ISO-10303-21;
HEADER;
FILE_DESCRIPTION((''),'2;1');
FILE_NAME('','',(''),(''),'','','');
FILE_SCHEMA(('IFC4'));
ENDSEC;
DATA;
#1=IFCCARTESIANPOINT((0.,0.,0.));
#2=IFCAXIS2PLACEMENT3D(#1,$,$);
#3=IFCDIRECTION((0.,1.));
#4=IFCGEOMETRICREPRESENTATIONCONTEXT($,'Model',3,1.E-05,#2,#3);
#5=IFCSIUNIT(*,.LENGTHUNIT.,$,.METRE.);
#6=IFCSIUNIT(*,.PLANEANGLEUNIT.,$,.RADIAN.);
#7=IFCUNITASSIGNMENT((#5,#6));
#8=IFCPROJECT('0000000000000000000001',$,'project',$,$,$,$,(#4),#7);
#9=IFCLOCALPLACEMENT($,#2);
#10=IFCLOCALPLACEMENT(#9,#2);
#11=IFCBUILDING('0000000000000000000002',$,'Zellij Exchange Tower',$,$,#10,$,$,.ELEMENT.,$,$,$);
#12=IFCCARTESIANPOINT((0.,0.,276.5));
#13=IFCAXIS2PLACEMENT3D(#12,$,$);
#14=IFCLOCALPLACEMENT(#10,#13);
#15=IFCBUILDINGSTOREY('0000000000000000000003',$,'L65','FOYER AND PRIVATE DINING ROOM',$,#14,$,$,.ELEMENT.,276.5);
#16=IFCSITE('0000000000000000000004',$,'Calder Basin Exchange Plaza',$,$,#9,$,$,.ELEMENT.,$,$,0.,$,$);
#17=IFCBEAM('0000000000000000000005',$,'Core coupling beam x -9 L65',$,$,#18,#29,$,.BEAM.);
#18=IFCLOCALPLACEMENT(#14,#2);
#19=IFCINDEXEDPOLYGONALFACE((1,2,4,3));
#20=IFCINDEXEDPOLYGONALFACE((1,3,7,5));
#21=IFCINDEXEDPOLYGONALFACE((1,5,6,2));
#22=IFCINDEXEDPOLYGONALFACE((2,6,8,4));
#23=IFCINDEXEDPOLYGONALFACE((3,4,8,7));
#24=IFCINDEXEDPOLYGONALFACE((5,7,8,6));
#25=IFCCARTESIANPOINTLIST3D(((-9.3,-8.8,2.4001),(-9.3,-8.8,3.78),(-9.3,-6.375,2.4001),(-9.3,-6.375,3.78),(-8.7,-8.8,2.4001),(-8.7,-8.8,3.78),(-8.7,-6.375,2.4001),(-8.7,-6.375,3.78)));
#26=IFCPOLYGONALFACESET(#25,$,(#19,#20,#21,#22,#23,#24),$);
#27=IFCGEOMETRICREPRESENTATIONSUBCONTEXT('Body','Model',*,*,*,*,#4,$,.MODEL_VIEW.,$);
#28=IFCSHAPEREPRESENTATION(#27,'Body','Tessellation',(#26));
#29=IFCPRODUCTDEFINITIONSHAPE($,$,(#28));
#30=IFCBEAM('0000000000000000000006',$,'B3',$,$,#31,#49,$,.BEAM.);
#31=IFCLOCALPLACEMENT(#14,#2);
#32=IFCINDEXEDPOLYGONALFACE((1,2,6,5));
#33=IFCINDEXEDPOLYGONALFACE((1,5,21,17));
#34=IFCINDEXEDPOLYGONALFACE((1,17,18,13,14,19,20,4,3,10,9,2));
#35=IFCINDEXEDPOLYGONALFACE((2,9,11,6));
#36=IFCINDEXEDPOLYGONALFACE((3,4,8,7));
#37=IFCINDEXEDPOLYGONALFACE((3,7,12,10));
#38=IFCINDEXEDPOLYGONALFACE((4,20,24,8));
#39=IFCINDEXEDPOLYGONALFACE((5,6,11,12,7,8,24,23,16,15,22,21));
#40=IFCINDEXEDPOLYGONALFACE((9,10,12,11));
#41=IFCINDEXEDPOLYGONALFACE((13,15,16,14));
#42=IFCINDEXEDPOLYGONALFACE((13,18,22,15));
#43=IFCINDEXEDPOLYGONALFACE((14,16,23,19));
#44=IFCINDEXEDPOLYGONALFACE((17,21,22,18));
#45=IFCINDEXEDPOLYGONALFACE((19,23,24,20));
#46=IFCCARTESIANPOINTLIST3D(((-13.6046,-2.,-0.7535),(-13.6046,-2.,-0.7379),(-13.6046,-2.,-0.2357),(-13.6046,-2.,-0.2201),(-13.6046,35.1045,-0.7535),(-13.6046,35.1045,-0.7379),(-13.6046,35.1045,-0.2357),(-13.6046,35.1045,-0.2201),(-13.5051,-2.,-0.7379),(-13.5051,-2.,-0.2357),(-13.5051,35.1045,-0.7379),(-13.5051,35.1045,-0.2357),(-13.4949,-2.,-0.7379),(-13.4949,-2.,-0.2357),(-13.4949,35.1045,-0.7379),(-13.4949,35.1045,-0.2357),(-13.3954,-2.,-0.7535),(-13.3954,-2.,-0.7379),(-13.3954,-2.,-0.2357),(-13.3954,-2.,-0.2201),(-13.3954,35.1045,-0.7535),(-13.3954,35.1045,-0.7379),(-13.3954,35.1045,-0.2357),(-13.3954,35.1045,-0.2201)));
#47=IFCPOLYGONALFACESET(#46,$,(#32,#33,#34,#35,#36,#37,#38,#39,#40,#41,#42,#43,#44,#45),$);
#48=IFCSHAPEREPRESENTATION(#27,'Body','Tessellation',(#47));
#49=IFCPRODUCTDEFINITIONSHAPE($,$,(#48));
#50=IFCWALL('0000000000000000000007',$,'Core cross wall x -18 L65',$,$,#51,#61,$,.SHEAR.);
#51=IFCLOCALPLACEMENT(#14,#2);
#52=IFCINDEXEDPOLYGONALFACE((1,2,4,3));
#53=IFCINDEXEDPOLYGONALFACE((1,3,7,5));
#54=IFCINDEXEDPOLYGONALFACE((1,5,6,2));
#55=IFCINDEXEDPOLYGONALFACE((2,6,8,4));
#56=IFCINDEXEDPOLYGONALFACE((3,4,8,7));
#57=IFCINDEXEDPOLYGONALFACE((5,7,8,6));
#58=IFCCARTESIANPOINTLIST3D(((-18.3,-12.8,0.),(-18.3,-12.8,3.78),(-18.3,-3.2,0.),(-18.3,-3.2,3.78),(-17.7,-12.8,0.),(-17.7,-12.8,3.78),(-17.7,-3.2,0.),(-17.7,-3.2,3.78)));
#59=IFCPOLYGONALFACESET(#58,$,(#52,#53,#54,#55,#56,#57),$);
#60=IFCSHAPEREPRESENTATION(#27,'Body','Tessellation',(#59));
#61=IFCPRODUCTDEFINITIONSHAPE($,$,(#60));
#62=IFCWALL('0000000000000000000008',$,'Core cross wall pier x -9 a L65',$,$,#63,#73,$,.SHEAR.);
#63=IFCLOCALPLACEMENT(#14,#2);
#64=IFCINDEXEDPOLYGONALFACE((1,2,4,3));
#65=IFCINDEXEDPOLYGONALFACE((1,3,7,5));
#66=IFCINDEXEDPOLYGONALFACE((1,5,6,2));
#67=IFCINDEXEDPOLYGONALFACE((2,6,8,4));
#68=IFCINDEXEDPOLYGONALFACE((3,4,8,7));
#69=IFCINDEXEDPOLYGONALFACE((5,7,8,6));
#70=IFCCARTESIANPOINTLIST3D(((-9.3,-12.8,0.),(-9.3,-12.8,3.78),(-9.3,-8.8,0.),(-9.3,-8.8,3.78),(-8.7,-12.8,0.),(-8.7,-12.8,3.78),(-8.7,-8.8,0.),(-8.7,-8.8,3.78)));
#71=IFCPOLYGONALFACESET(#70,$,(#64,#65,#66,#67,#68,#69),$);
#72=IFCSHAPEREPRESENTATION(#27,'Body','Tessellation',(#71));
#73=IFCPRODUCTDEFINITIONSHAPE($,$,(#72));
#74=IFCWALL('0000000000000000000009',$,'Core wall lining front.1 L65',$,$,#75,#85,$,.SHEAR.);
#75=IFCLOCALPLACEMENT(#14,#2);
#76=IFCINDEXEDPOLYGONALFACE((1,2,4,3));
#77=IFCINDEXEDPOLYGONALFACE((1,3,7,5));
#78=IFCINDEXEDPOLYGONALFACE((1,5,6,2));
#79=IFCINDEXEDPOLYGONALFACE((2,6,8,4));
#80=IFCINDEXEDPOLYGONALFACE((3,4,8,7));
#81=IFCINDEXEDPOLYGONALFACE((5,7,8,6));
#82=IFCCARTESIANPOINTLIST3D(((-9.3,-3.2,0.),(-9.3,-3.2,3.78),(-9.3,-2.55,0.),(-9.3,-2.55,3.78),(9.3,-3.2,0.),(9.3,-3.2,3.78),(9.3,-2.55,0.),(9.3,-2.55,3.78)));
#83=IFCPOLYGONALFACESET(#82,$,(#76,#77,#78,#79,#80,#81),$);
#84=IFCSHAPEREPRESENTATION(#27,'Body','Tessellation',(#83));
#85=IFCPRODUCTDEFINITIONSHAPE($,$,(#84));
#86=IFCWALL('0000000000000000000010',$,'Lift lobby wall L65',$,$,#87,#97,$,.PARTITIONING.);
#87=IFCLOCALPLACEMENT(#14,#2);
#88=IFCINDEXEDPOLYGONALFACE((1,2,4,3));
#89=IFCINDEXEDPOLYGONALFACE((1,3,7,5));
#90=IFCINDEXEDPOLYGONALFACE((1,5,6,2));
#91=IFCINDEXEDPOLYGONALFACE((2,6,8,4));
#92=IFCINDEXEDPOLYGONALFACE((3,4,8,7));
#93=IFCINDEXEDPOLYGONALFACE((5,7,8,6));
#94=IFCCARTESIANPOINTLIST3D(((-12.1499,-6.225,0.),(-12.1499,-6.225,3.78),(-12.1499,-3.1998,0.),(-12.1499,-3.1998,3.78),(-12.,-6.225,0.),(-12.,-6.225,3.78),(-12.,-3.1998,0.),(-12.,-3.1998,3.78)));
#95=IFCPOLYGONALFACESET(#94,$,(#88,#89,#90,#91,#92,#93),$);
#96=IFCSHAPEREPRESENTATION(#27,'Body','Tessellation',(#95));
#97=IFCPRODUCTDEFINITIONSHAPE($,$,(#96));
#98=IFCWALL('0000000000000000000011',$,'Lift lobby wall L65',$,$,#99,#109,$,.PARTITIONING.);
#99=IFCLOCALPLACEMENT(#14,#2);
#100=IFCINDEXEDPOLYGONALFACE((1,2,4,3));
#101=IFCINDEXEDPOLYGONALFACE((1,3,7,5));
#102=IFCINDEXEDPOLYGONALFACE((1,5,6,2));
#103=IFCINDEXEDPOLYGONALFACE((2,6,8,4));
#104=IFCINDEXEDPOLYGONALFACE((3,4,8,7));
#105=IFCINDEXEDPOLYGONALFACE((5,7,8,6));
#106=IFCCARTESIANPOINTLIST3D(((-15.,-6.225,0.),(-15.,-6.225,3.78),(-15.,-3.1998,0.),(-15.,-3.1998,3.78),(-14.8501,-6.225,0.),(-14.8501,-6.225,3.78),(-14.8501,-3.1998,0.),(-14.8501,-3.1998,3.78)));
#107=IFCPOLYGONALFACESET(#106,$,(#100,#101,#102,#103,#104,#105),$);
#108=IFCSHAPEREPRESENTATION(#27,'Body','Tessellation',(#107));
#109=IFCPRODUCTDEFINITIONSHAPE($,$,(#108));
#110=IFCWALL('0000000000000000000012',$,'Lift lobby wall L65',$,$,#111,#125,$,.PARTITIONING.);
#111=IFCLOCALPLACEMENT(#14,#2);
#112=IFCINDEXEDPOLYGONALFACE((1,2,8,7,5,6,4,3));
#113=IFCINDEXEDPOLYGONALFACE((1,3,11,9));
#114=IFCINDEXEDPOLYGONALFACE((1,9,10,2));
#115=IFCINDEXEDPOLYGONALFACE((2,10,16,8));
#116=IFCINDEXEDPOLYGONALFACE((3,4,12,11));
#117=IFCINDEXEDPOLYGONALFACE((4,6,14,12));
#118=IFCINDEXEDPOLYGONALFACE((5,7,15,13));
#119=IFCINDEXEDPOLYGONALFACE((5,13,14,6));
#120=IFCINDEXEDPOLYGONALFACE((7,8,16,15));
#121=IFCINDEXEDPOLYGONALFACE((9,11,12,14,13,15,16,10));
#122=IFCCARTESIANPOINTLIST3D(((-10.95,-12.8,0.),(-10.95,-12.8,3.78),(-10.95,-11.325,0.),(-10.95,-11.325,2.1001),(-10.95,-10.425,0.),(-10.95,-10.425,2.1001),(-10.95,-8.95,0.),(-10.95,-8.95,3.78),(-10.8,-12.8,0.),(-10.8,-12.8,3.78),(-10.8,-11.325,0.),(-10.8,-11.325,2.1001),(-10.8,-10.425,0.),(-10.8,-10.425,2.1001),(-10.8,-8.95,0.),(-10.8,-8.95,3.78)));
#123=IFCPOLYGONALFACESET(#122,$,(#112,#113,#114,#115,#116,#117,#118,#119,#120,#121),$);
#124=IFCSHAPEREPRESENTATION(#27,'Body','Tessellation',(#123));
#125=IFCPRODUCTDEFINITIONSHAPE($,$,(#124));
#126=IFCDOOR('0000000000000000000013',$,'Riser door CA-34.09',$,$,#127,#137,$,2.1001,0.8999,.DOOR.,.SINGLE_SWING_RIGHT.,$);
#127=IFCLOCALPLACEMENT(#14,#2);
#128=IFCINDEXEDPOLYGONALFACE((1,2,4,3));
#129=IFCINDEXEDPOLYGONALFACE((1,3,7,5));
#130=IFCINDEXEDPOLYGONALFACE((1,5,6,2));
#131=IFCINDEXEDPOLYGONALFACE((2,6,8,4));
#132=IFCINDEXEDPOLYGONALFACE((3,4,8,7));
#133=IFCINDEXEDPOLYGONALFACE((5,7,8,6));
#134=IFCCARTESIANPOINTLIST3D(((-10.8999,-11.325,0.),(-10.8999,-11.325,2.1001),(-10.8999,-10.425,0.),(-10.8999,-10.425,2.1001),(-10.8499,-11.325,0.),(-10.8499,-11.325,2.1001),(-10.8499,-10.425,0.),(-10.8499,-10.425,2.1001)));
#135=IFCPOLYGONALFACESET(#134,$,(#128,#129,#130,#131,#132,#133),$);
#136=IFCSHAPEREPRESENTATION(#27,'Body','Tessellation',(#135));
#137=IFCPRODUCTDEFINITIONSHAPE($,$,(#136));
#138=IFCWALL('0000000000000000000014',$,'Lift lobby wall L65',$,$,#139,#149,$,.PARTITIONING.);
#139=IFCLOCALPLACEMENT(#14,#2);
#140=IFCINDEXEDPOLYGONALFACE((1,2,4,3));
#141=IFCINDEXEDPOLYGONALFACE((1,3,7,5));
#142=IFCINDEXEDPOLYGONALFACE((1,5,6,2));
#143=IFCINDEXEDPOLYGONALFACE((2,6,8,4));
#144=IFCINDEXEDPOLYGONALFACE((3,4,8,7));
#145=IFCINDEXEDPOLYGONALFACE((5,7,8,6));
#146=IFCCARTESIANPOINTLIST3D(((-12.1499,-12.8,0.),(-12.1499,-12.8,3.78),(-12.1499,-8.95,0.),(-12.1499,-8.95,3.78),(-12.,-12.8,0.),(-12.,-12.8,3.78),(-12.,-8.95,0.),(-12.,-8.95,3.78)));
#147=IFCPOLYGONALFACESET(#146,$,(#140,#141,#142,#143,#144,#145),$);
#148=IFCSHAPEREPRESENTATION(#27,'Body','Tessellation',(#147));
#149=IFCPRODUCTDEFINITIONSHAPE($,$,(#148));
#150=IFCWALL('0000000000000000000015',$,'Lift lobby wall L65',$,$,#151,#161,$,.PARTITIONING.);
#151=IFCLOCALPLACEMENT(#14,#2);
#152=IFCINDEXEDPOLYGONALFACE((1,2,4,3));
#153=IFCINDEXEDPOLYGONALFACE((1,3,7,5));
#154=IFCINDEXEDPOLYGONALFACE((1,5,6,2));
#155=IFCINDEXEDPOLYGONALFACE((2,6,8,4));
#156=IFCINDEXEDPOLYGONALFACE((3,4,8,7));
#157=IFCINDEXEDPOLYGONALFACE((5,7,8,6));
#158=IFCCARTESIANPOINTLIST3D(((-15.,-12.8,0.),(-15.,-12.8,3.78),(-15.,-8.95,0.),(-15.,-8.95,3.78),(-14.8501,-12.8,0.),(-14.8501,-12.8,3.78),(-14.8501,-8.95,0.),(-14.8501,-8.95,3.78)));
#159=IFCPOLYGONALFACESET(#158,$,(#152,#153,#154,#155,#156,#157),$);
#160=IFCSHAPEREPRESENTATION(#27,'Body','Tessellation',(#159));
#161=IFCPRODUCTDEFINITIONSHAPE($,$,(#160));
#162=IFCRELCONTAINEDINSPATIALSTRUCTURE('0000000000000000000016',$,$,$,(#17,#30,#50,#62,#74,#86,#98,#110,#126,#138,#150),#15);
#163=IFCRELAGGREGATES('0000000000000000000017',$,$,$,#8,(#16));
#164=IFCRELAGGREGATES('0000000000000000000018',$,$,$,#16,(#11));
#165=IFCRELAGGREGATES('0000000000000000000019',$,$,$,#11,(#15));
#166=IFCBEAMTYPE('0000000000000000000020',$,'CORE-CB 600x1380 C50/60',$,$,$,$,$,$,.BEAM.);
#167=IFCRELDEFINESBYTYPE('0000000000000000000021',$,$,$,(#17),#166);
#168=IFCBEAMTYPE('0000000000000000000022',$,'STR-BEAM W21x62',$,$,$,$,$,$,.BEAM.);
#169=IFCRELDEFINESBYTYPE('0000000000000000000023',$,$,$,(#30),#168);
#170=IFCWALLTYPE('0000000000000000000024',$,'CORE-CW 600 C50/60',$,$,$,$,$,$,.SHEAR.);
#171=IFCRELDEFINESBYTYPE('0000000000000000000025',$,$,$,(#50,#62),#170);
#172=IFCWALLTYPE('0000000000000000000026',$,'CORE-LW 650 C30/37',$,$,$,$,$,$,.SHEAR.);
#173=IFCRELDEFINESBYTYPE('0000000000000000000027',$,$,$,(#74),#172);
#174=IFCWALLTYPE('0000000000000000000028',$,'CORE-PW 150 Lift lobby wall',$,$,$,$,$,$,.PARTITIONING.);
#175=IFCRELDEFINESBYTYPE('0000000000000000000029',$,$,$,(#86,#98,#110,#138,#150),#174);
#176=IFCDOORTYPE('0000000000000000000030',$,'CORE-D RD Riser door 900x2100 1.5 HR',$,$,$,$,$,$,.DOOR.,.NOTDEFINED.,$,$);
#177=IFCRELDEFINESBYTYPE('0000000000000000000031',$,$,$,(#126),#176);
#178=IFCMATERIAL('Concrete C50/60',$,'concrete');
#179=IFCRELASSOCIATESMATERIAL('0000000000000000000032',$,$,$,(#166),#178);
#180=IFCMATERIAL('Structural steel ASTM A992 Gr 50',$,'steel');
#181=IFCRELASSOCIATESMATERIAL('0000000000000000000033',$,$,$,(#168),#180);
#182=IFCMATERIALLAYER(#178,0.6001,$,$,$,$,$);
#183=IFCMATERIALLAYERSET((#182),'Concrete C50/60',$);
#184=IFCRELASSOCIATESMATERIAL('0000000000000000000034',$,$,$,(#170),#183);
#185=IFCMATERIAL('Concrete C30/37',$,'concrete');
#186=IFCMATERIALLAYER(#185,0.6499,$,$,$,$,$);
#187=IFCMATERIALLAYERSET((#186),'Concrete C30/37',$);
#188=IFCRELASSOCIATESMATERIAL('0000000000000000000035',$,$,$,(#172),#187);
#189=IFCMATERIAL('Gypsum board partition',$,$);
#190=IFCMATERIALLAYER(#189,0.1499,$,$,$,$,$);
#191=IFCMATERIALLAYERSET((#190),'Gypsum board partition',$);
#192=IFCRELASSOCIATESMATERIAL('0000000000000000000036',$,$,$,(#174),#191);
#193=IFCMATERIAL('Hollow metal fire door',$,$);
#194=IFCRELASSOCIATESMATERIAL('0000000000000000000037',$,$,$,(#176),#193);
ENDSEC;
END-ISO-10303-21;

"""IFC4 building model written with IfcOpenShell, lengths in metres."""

from ifc_helpers import new_model, si_unit, direction, frame, frame_2d, origin, origin_2d, place, context, subcontext, project, spatial, rectangle, i_section, extrude, material, layer, layer_set, material_profile, profile_set, type_object, element, fill, save


model = new_model("IFC4")

# Units and contexts
model_context = context("Model", 3, precision=1e-05, world=origin(), true_north=direction((0.0, 1.0)))
body_context = subcontext(model_context, "Body", "Model", "MODEL_VIEW")
ifc_project = project(units=[si_unit("LENGTHUNIT", "METRE"), si_unit("PLANEANGLEUNIT", "RADIAN")], contexts=[model_context])

# Site, building, storey
site_placement = place(None, origin())
site = spatial("IfcSite", under=ifc_project, at=site_placement, Name="Calder Basin Exchange Plaza", CompositionType="ELEMENT", RefElevation=0.0)
building_placement = place(site_placement, origin())
building = spatial("IfcBuilding", under=site, at=building_placement, Name="Zellij Exchange Tower", CompositionType="ELEMENT")
storey_placement = place(building_placement, frame((0.0, 0.0, 276.5)))
storey = spatial("IfcBuildingStorey", under=building, at=storey_placement, Name="L65", Description="FOYER AND PRIVATE DINING ROOM", CompositionType="ELEMENT", Elevation=276.5)

# Beams
ifc_material_1 = material(Name="Concrete C50/60", Category="concrete")
ifc_material_profile_1 = material_profile(ifc_material_1, rectangle(XDim=0.6001, YDim=1.3799, at=origin_2d()), Name="CORE-CB 600x1380 C50/60")
ifc_profile_set_1 = profile_set([ifc_material_profile_1], Name="Concrete C50/60")
beam_type_1 = type_object("IfcBeamType", Name="CORE-CB 600x1380 C50/60", PredefinedType="BEAM", material=ifc_profile_set_1)
beam_1_placement = place(storey_placement, frame((-9.0, -8.8, 3.0901), z_axis=(0.0, 1.0, 0.0), x_axis=(-1.0, 0.0, 0.0)))
element("IfcBeam", 1, at=beam_1_placement, inside=storey, type_object=beam_type_1, Name="Core coupling beam x -9 L65", PredefinedType="BEAM", context=body_context, shape_type="SweptSolid", body=[
    extrude(rectangle(XDim=0.6001, YDim=1.3799, at=origin_2d()), origin(), (0.0, 0.0, 1.0), 2.425),
])
ifc_material_2 = material(Name="Structural steel ASTM A992 Gr 50", Category="steel")
ifc_material_profile_2 = material_profile(ifc_material_2, i_section(OverallWidth=0.2092, OverallDepth=0.5334, WebThickness=0.0103, FlangeThickness=0.0156, at=origin_2d()), Name="W21x62")
ifc_profile_set_2 = profile_set([ifc_material_profile_2], Name="Structural steel ASTM A992 Gr 50")
beam_type_2 = type_object("IfcBeamType", Name="STR-BEAM W21x62", PredefinedType="BEAM", material=ifc_profile_set_2)
beam_2_placement = place(storey_placement, frame((-13.5, -2.0, -0.4868), z_axis=(0.0, 1.0, 0.0), x_axis=(-1.0, 0.0, 0.0)))
element("IfcBeam", 2, at=beam_2_placement, inside=storey, type_object=beam_type_2, Name="B3", PredefinedType="BEAM", context=body_context, shape_type="SweptSolid", body=[
    extrude(i_section(OverallWidth=0.2092, OverallDepth=0.5334, WebThickness=0.0103, FlangeThickness=0.0156, at=origin_2d()), origin(), (0.0, 0.0, 1.0), 37.1045),
])

# Walls
ifc_layer_1 = layer(ifc_material_1, 0.6001)
ifc_layer_set_1 = layer_set([ifc_layer_1], Name="Concrete C50/60")
wall_type_1 = type_object("IfcWallType", Name="CORE-CW 600 C50/60", PredefinedType="SHEAR", material=ifc_layer_set_1)
wall_1_placement = place(storey_placement, frame((-18.0, -12.8, 0.0), z_axis=(0.0, 0.0, 1.0), x_axis=(0.0, 1.0, 0.0)))
element("IfcWall", 3, at=wall_1_placement, inside=storey, type_object=wall_type_1, Name="Core cross wall x -18 L65", PredefinedType="SHEAR", context=body_context, shape_type="SweptSolid", body=[
    extrude(rectangle(XDim=9.6001, YDim=0.6001, at=frame_2d((4.8, 0.0))), origin(), (0.0, 0.0, 1.0), 3.78),
])
wall_2_placement = place(storey_placement, frame((-9.0, -12.8, 0.0), z_axis=(0.0, 0.0, 1.0), x_axis=(0.0, 1.0, 0.0)))
element("IfcWall", 4, at=wall_2_placement, inside=storey, type_object=wall_type_1, Name="Core cross wall pier x -9 a L65", PredefinedType="SHEAR", context=body_context, shape_type="SweptSolid", body=[
    extrude(rectangle(XDim=4.0, YDim=0.6001, at=frame_2d((2.0, 0.0))), origin(), (0.0, 0.0, 1.0), 3.78),
])
ifc_material_3 = material(Name="Concrete C30/37", Category="concrete")
ifc_layer_2 = layer(ifc_material_3, 0.6499)
ifc_layer_set_2 = layer_set([ifc_layer_2], Name="Concrete C30/37")
wall_type_2 = type_object("IfcWallType", Name="CORE-LW 650 C30/37", PredefinedType="SHEAR", material=ifc_layer_set_2)
wall_3_placement = place(storey_placement, frame((-9.3, -2.875, 0.0), z_axis=(0.0, 0.0, 1.0), x_axis=(1.0, 0.0, 0.0)))
element("IfcWall", 5, at=wall_3_placement, inside=storey, type_object=wall_type_2, Name="Core wall lining front.1 L65", PredefinedType="SHEAR", context=body_context, shape_type="SweptSolid", body=[
    extrude(rectangle(XDim=18.6001, YDim=0.6499, at=frame_2d((9.3, 0.0))), origin(), (0.0, 0.0, 1.0), 3.78),
])
ifc_material_4 = material(Name="Gypsum board partition")
ifc_layer_3 = layer(ifc_material_4, 0.1499)
ifc_layer_set_3 = layer_set([ifc_layer_3], Name="Gypsum board partition")
wall_type_3 = type_object("IfcWallType", Name="CORE-PW 150 Lift lobby wall", PredefinedType="PARTITIONING", material=ifc_layer_set_3)
for number, where, z_axis, x_axis, name in (
    (6, (-12.075, -6.2251, 0.0), (0.0, 0.0, 1.0), (0.0, 1.0, 0.0), "Lift lobby wall L65"),
    (7, (-14.925, -6.2251, 0.0), (0.0, 0.0, 1.0), (0.0, 1.0, 0.0), "Lift lobby wall L65"),
):
    element("IfcWall", number, at=place(storey_placement, frame(where, z_axis=z_axis, x_axis=x_axis)), inside=storey, type_object=wall_type_3, Name=name, PredefinedType="PARTITIONING", context=body_context, shape_type="SweptSolid", body=[
        extrude(rectangle(XDim=3.0251, YDim=0.1499, at=frame_2d((1.5127, 0.0))), origin(), (0.0, 0.0, 1.0), 3.78),
    ])

# Wall, opening, door
wall_4_placement = place(storey_placement, frame((-10.875, -12.8, 0.0), z_axis=(0.0, 0.0, 1.0), x_axis=(0.0, 1.0, 0.0)))
wall_4 = element("IfcWall", 8, at=wall_4_placement, inside=storey, type_object=wall_type_3, Name="Lift lobby wall L65", PredefinedType="PARTITIONING", context=body_context, shape_type="SweptSolid", body=[
    extrude(rectangle(XDim=3.8501, YDim=0.1499, at=frame_2d((1.925, 0.0))), origin(), (0.0, 0.0, 1.0), 3.78),
])
opening_1_placement = place(wall_4_placement, frame((1.4751, 0.0, 0.0)))
opening_1 = element("IfcOpeningElement", 9, at=opening_1_placement, cuts=wall_4, PredefinedType="OPENING", context=body_context, shape_type="SweptSolid", body=[
    extrude(rectangle(XDim=0.8999, YDim=2.1001, at=frame_2d((0.45, 1.05))), frame((0.0, 0.0869, 0.0), z_axis=(0.0, -1.0, 0.0), x_axis=(1.0, 0.0, 0.0)), (0.0, 0.0, 1.0), 0.1738),
])
ifc_material_5 = material(Name="Hollow metal fire door")
door_type_1 = type_object("IfcDoorType", Name="CORE-D RD Riser door 900x2100 1.5 HR", OperationType="NOTDEFINED", PredefinedType="DOOR", material=ifc_material_5)
door_1_placement = place(opening_1_placement, origin())
door_1 = element("IfcDoor", 10, at=door_1_placement, inside=storey, type_object=door_type_1, Name="Riser door CA-34.09", OperationType="SINGLE_SWING_RIGHT", OverallHeight=2.1001, OverallWidth=0.8999, PredefinedType="DOOR", context=body_context, shape_type="SweptSolid", body=[
    extrude(rectangle(XDim=0.8999, YDim=2.1001, at=frame_2d((0.45, 1.05))), frame((0.0, 0.0249, 0.0), z_axis=(0.0, -1.0, 0.0), x_axis=(1.0, 0.0, 0.0)), (0.0, 0.0, 1.0), 0.05),
])
fill(opening_1, door_1)

# Walls
for number, where, z_axis, x_axis, name in (
    (11, (-12.075, -12.8, 0.0), (0.0, 0.0, 1.0), (0.0, 1.0, 0.0), "Lift lobby wall L65"),
    (12, (-14.925, -12.8, 0.0), (0.0, 0.0, 1.0), (0.0, 1.0, 0.0), "Lift lobby wall L65"),
):
    element("IfcWall", number, at=place(storey_placement, frame(where, z_axis=z_axis, x_axis=x_axis)), inside=storey, type_object=wall_type_3, Name=name, PredefinedType="PARTITIONING", context=body_context, shape_type="SweptSolid", body=[
        extrude(rectangle(XDim=3.8501, YDim=0.1499, at=frame_2d((1.925, 0.0))), origin(), (0.0, 0.0, 1.0), 3.78),
    ])

save(model, "model.ifc")
